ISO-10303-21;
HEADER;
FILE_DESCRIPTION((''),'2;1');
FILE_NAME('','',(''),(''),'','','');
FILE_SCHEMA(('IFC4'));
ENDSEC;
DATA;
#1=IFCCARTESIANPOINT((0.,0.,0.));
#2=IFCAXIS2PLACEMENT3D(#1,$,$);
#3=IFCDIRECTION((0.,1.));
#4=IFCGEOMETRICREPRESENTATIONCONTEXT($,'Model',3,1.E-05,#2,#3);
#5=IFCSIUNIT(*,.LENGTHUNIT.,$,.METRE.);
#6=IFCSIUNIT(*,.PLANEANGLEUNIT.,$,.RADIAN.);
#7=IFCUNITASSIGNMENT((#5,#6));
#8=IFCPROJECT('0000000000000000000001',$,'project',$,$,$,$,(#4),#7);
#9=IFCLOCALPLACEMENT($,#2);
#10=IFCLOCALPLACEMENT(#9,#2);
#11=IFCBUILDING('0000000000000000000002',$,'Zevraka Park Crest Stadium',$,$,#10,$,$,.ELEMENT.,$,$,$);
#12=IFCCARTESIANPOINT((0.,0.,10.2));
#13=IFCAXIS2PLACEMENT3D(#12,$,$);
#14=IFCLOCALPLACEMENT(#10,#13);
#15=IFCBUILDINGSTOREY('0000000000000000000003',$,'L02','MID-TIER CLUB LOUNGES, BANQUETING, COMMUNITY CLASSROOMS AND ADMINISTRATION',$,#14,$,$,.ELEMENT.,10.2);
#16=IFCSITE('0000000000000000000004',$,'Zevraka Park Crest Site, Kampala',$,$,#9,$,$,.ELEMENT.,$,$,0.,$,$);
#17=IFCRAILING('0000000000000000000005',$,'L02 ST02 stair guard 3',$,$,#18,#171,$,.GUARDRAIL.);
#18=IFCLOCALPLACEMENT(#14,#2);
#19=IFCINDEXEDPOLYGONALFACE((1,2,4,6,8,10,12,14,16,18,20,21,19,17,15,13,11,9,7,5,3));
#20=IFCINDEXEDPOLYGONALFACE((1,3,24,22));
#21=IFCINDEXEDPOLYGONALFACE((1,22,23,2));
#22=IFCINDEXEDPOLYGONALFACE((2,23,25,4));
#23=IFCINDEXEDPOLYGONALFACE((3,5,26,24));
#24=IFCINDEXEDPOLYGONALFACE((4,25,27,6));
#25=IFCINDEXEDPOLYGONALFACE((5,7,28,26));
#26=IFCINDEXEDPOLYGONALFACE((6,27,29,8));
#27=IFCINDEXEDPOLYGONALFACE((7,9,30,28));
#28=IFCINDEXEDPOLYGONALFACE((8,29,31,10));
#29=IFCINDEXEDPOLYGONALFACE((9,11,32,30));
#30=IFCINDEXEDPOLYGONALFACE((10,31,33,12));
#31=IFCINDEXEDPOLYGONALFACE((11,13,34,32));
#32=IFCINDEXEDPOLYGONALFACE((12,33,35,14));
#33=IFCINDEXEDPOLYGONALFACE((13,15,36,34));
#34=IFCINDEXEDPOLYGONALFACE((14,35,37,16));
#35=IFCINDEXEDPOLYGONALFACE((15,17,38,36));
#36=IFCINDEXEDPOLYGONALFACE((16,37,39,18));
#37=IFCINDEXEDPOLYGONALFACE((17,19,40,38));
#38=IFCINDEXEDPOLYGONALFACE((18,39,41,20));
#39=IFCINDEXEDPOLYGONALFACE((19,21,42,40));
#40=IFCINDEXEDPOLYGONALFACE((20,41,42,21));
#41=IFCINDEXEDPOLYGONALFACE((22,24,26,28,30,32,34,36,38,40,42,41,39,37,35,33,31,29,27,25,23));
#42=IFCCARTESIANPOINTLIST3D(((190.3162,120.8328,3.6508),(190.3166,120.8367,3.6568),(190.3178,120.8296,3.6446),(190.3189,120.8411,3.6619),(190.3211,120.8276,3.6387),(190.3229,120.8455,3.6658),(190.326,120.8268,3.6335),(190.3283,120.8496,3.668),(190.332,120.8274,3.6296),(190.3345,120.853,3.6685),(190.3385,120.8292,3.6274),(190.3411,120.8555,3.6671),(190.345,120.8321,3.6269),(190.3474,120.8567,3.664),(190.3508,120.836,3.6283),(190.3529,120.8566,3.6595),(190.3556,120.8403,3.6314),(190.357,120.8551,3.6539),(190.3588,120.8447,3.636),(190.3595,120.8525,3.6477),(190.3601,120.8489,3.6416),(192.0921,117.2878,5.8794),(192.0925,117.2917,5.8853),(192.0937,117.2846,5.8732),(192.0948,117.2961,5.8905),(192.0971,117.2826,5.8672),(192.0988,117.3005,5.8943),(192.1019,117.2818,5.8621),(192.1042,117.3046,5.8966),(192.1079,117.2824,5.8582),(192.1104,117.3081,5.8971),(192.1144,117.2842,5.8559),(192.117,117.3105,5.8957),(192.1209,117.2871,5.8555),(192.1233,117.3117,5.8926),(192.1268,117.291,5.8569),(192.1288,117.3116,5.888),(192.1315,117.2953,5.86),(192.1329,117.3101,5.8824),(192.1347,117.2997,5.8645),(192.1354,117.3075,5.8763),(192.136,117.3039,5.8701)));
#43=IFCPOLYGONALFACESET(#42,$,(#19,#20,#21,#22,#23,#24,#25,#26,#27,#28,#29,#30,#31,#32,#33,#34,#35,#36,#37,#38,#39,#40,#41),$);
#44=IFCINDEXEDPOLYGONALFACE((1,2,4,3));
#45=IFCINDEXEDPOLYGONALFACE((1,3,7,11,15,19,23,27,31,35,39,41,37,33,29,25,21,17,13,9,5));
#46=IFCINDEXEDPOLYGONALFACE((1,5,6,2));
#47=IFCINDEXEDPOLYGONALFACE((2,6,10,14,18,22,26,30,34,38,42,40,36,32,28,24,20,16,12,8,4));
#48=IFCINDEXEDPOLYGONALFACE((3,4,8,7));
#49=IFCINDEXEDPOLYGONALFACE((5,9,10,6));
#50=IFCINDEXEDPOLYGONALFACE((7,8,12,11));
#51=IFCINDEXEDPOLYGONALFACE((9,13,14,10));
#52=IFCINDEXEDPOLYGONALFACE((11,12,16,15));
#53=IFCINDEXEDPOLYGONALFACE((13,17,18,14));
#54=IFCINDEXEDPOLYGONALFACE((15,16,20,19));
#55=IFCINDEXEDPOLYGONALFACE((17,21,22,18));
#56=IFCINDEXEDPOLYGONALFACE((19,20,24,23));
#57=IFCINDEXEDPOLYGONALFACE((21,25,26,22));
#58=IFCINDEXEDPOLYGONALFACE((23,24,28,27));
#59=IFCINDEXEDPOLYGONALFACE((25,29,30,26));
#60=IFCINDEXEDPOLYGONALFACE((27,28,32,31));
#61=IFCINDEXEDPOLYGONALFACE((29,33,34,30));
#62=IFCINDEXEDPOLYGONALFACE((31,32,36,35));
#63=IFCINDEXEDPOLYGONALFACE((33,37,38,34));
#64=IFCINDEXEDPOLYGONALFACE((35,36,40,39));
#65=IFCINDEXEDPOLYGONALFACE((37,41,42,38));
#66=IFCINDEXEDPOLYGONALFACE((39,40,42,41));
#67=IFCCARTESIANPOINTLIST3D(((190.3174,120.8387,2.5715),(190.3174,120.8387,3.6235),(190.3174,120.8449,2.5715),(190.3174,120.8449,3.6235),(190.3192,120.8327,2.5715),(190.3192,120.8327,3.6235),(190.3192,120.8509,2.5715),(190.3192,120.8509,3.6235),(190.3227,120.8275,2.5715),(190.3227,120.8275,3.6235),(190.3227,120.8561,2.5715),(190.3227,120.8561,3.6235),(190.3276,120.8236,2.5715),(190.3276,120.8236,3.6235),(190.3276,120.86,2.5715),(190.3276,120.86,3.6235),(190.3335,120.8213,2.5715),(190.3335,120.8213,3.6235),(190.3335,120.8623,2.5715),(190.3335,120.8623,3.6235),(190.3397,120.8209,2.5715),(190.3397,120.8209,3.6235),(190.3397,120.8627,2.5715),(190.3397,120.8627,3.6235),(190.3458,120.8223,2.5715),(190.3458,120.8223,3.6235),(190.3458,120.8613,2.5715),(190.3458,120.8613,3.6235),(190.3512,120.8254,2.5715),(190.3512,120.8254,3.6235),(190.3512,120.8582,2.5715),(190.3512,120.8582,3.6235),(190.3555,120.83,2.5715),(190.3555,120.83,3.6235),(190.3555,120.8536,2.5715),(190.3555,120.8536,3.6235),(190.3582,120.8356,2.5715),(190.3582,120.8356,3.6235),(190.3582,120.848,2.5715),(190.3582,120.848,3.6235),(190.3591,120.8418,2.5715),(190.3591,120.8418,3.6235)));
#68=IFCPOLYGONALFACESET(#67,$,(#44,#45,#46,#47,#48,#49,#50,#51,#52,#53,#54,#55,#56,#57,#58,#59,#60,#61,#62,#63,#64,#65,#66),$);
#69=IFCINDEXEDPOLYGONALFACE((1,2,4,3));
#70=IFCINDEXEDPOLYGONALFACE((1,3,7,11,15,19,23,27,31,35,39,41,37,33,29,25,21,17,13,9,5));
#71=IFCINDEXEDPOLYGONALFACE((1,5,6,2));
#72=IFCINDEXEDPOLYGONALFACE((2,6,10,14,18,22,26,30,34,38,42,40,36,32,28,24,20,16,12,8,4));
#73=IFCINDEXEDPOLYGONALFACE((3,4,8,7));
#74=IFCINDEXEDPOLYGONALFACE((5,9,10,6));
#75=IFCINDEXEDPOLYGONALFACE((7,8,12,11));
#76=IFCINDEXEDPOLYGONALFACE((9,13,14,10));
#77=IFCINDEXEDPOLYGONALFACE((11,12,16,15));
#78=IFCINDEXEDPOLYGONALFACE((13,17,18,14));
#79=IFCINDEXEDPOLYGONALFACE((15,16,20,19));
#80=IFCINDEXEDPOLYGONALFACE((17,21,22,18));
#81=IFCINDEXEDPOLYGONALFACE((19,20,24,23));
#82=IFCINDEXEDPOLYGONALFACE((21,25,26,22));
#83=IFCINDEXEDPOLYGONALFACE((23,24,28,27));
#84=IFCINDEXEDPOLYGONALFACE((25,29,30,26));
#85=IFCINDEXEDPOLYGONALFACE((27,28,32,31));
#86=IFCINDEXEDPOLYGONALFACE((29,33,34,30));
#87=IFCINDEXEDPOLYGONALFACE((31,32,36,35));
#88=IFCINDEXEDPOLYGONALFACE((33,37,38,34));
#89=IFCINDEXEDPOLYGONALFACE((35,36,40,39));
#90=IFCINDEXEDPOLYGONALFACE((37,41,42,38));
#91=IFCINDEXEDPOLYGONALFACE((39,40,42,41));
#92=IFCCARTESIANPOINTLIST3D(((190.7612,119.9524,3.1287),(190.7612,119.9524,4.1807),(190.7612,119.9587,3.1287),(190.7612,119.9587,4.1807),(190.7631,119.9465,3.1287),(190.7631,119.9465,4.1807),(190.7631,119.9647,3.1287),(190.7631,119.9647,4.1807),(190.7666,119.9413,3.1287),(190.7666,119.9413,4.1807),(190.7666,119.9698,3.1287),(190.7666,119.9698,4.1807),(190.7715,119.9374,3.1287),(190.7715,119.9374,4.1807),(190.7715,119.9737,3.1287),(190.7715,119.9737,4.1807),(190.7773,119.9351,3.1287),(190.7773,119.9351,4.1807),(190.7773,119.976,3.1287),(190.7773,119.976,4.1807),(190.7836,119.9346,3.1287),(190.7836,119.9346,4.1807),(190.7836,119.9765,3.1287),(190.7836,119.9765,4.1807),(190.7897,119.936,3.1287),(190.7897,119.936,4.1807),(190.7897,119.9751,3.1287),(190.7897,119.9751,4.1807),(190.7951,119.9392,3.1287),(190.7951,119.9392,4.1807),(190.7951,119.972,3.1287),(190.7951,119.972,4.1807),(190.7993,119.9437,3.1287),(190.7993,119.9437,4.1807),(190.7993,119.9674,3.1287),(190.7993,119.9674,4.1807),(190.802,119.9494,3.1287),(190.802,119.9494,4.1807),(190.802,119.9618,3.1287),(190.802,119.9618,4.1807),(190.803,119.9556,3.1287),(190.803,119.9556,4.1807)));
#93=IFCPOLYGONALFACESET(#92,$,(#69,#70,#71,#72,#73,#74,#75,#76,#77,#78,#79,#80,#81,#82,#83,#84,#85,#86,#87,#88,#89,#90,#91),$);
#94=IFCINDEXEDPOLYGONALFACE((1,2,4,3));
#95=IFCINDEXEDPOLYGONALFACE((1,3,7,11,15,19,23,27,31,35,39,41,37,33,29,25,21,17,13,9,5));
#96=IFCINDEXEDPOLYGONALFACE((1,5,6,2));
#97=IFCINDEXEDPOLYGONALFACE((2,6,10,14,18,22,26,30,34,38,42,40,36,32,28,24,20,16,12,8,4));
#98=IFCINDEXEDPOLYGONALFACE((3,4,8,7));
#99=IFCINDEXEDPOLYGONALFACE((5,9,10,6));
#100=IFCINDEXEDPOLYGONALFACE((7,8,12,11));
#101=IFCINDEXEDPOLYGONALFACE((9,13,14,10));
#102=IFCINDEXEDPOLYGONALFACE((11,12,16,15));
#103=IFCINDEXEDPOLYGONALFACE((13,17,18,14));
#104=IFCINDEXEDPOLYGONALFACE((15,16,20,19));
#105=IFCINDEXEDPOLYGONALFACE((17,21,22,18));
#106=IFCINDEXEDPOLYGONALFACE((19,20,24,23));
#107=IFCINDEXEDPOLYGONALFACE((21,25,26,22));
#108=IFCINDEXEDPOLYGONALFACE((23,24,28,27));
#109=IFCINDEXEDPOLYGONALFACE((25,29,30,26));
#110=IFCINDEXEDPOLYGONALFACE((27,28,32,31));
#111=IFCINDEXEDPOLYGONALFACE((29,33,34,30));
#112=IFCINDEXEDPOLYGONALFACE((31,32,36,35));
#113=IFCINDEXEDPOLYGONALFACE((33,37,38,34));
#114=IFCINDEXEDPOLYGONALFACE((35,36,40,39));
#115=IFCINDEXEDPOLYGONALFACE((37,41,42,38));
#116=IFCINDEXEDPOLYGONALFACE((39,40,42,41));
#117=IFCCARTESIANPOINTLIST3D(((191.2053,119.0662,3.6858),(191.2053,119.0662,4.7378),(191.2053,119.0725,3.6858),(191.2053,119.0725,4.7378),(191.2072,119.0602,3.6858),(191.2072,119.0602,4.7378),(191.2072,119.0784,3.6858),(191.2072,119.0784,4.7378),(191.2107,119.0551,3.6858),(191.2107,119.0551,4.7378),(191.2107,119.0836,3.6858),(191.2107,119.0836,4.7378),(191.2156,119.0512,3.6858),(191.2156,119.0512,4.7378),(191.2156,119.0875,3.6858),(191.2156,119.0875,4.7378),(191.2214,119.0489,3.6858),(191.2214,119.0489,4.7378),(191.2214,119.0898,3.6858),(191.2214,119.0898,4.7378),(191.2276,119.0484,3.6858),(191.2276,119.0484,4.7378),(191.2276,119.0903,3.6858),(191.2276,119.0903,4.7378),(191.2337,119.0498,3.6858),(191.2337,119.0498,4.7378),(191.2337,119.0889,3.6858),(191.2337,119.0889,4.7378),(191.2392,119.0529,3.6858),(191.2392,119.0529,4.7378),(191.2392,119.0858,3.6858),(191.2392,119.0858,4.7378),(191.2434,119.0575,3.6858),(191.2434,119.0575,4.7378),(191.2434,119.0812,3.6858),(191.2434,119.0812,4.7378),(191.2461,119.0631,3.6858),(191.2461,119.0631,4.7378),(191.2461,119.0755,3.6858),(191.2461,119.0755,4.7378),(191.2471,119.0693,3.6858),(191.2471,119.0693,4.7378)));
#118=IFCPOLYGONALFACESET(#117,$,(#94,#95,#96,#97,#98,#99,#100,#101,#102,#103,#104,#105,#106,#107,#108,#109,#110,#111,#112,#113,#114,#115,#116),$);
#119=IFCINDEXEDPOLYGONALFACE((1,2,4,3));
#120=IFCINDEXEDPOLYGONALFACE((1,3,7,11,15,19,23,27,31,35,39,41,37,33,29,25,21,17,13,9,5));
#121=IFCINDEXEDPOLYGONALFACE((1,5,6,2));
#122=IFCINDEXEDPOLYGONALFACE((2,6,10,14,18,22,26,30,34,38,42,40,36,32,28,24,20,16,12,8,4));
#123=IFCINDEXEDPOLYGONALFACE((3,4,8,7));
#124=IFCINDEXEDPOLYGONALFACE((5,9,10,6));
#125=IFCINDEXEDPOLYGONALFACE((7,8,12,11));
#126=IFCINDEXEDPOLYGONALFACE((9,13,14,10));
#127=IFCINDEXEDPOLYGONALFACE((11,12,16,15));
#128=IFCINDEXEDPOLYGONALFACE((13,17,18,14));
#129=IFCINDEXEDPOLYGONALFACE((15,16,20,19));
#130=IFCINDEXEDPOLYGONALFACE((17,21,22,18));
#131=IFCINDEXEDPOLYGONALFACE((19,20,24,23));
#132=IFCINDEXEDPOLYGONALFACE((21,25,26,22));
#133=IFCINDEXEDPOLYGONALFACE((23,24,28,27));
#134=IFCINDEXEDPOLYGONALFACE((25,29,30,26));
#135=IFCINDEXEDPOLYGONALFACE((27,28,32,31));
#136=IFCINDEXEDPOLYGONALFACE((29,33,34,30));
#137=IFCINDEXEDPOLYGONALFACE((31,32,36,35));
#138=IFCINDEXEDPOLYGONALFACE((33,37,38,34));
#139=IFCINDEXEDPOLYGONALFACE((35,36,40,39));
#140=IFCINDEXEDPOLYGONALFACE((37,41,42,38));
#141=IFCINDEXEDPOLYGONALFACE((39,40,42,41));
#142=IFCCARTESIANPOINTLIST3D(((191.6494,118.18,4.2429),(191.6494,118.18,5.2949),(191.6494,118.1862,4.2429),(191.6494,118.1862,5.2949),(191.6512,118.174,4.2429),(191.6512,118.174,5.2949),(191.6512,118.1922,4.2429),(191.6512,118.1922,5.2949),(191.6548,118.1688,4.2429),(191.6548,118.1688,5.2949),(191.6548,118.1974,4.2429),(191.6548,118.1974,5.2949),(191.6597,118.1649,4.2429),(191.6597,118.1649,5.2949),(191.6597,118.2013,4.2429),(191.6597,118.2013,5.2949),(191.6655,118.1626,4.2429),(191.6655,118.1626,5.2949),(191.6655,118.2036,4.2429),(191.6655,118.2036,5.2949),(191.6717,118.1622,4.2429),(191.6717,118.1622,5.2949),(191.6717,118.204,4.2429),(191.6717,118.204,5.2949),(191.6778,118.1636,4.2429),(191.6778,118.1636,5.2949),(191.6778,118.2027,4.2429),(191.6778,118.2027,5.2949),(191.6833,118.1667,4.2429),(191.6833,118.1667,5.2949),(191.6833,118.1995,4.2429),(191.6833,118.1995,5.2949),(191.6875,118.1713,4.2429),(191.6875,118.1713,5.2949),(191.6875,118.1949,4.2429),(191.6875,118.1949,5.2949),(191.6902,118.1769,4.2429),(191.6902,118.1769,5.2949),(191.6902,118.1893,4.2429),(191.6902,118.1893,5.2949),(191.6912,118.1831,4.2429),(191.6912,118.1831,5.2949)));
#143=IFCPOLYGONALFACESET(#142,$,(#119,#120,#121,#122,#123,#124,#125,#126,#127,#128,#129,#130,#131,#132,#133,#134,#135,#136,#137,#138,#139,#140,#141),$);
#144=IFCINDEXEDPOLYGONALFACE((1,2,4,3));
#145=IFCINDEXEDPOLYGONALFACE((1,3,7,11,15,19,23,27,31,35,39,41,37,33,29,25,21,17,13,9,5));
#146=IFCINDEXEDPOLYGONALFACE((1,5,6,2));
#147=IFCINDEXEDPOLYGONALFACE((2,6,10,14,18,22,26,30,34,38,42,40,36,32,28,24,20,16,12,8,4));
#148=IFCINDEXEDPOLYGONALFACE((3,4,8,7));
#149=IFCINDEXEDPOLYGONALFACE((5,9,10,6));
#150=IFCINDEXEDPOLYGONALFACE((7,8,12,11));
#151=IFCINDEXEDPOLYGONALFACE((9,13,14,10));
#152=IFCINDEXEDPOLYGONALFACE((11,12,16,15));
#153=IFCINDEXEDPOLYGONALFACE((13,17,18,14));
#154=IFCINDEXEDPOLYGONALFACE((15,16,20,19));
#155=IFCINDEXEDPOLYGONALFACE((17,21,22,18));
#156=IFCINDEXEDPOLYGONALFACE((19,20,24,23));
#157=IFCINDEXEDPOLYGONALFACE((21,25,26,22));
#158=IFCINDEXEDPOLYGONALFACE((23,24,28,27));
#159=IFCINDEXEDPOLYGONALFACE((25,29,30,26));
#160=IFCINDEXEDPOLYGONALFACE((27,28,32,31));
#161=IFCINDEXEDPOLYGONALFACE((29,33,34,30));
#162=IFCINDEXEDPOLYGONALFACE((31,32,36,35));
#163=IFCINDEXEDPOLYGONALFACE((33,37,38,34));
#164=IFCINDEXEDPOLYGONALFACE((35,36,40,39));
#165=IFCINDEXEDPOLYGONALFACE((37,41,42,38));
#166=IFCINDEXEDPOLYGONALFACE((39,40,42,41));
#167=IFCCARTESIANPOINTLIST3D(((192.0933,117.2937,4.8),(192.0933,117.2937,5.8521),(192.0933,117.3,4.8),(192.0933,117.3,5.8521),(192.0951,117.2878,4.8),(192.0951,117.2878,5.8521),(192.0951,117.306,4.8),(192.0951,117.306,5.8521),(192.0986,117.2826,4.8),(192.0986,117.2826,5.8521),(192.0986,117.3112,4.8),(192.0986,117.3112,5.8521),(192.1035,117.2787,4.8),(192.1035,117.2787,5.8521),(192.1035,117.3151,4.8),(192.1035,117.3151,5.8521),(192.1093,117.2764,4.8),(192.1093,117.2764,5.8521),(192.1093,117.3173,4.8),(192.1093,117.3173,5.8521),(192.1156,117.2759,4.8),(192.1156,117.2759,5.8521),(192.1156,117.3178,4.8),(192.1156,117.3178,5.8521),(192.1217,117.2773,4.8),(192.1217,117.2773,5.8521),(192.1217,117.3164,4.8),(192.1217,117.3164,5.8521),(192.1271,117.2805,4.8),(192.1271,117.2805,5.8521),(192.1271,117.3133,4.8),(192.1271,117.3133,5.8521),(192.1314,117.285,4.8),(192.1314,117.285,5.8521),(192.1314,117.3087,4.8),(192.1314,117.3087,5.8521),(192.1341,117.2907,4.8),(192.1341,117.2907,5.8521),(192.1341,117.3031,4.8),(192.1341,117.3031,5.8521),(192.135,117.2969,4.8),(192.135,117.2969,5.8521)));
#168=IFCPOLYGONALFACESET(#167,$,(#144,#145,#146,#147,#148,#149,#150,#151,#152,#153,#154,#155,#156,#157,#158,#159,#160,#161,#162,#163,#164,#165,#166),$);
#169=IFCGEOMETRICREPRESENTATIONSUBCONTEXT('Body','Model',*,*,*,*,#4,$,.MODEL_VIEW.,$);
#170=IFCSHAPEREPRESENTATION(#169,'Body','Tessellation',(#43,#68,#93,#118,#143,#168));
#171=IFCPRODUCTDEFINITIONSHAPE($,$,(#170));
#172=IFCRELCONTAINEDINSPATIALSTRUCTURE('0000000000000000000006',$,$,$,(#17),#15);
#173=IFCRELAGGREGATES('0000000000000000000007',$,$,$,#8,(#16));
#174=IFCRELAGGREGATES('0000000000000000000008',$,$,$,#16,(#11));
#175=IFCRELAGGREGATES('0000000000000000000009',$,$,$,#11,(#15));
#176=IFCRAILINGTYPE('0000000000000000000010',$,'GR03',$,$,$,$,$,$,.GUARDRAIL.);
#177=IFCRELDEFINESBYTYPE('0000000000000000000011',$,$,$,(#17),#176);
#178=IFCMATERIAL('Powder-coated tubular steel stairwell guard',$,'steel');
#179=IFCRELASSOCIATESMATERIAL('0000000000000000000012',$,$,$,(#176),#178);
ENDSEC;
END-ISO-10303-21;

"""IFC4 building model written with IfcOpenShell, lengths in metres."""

from ifc_helpers import new_model, si_unit, direction, frame, origin, origin_2d, place, context, subcontext, project, spatial, circle, extrude, material, type_object, element, save


model = new_model("IFC4")

# Units and contexts
model_context = context("Model", 3, precision=1e-05, world=origin(), true_north=direction((0.0, 1.0)))
body_context = subcontext(model_context, "Body", "Model", "MODEL_VIEW")
ifc_project = project(units=[si_unit("LENGTHUNIT", "METRE"), si_unit("PLANEANGLEUNIT", "RADIAN")], contexts=[model_context])

# Site, building, storey
site_placement = place(None, origin())
site = spatial("IfcSite", under=ifc_project, at=site_placement, Name="Zevraka Park Crest Site, Kampala", CompositionType="ELEMENT", RefElevation=0.0)
building_placement = place(site_placement, origin())
building = spatial("IfcBuilding", under=site, at=building_placement, Name="Zevraka Park Crest Stadium", CompositionType="ELEMENT")
storey_placement = place(building_placement, frame((0.0, 0.0, 10.2)))
storey = spatial("IfcBuildingStorey", under=building, at=storey_placement, Name="L02", Description="MID-TIER CLUB LOUNGES, BANQUETING, COMMUNITY CLASSROOMS AND ADMINISTRATION", CompositionType="ELEMENT", Elevation=10.2)

# Railing
ifc_material_1 = material(Name="Powder-coated tubular steel stairwell guard", Category="steel")
railing_type_1 = type_object("IfcRailingType", Name="GR03", PredefinedType="GUARDRAIL", material=ifc_material_1)
railing_1_placement = place(storey_placement, frame((190.3381, 120.8418, 2.5715)))
element("IfcRailing", 1, at=railing_1_placement, inside=storey, type_object=railing_type_1, Name="L02 ST02 stair guard 3", PredefinedType="GUARDRAIL", context=body_context, shape_type="SweptSolid", body=[
    extrude(circle(Radius=0.0239, at=origin_2d()), frame((0.0, 0.0, 1.0762), z_axis=(0.390454, -0.779405, 0.489973), x_axis=(0.894082, 0.447903, 0.0)), (0.0, 0.0, 1.0), 4.5483),
    extrude(circle(Radius=0.021, at=origin_2d()), origin(), (0.0, 0.0, 1.0), 1.052),
    extrude(circle(Radius=0.021, at=origin_2d()), frame((0.4438, -0.8862, 0.5571)), (0.0, 0.0, 1.0), 1.052),
    extrude(circle(Radius=0.021, at=origin_2d()), frame((0.8879, -1.7725, 1.1143)), (0.0, 0.0, 1.0), 1.052),
    extrude(circle(Radius=0.021, at=origin_2d()), frame((1.332, -2.6587, 1.6714)), (0.0, 0.0, 1.0), 1.052),
    extrude(circle(Radius=0.021, at=origin_2d()), frame((1.7759, -3.5449, 2.2285)), (0.0, 0.0, 1.0), 1.052),
])

save(model, "model.ifc")
